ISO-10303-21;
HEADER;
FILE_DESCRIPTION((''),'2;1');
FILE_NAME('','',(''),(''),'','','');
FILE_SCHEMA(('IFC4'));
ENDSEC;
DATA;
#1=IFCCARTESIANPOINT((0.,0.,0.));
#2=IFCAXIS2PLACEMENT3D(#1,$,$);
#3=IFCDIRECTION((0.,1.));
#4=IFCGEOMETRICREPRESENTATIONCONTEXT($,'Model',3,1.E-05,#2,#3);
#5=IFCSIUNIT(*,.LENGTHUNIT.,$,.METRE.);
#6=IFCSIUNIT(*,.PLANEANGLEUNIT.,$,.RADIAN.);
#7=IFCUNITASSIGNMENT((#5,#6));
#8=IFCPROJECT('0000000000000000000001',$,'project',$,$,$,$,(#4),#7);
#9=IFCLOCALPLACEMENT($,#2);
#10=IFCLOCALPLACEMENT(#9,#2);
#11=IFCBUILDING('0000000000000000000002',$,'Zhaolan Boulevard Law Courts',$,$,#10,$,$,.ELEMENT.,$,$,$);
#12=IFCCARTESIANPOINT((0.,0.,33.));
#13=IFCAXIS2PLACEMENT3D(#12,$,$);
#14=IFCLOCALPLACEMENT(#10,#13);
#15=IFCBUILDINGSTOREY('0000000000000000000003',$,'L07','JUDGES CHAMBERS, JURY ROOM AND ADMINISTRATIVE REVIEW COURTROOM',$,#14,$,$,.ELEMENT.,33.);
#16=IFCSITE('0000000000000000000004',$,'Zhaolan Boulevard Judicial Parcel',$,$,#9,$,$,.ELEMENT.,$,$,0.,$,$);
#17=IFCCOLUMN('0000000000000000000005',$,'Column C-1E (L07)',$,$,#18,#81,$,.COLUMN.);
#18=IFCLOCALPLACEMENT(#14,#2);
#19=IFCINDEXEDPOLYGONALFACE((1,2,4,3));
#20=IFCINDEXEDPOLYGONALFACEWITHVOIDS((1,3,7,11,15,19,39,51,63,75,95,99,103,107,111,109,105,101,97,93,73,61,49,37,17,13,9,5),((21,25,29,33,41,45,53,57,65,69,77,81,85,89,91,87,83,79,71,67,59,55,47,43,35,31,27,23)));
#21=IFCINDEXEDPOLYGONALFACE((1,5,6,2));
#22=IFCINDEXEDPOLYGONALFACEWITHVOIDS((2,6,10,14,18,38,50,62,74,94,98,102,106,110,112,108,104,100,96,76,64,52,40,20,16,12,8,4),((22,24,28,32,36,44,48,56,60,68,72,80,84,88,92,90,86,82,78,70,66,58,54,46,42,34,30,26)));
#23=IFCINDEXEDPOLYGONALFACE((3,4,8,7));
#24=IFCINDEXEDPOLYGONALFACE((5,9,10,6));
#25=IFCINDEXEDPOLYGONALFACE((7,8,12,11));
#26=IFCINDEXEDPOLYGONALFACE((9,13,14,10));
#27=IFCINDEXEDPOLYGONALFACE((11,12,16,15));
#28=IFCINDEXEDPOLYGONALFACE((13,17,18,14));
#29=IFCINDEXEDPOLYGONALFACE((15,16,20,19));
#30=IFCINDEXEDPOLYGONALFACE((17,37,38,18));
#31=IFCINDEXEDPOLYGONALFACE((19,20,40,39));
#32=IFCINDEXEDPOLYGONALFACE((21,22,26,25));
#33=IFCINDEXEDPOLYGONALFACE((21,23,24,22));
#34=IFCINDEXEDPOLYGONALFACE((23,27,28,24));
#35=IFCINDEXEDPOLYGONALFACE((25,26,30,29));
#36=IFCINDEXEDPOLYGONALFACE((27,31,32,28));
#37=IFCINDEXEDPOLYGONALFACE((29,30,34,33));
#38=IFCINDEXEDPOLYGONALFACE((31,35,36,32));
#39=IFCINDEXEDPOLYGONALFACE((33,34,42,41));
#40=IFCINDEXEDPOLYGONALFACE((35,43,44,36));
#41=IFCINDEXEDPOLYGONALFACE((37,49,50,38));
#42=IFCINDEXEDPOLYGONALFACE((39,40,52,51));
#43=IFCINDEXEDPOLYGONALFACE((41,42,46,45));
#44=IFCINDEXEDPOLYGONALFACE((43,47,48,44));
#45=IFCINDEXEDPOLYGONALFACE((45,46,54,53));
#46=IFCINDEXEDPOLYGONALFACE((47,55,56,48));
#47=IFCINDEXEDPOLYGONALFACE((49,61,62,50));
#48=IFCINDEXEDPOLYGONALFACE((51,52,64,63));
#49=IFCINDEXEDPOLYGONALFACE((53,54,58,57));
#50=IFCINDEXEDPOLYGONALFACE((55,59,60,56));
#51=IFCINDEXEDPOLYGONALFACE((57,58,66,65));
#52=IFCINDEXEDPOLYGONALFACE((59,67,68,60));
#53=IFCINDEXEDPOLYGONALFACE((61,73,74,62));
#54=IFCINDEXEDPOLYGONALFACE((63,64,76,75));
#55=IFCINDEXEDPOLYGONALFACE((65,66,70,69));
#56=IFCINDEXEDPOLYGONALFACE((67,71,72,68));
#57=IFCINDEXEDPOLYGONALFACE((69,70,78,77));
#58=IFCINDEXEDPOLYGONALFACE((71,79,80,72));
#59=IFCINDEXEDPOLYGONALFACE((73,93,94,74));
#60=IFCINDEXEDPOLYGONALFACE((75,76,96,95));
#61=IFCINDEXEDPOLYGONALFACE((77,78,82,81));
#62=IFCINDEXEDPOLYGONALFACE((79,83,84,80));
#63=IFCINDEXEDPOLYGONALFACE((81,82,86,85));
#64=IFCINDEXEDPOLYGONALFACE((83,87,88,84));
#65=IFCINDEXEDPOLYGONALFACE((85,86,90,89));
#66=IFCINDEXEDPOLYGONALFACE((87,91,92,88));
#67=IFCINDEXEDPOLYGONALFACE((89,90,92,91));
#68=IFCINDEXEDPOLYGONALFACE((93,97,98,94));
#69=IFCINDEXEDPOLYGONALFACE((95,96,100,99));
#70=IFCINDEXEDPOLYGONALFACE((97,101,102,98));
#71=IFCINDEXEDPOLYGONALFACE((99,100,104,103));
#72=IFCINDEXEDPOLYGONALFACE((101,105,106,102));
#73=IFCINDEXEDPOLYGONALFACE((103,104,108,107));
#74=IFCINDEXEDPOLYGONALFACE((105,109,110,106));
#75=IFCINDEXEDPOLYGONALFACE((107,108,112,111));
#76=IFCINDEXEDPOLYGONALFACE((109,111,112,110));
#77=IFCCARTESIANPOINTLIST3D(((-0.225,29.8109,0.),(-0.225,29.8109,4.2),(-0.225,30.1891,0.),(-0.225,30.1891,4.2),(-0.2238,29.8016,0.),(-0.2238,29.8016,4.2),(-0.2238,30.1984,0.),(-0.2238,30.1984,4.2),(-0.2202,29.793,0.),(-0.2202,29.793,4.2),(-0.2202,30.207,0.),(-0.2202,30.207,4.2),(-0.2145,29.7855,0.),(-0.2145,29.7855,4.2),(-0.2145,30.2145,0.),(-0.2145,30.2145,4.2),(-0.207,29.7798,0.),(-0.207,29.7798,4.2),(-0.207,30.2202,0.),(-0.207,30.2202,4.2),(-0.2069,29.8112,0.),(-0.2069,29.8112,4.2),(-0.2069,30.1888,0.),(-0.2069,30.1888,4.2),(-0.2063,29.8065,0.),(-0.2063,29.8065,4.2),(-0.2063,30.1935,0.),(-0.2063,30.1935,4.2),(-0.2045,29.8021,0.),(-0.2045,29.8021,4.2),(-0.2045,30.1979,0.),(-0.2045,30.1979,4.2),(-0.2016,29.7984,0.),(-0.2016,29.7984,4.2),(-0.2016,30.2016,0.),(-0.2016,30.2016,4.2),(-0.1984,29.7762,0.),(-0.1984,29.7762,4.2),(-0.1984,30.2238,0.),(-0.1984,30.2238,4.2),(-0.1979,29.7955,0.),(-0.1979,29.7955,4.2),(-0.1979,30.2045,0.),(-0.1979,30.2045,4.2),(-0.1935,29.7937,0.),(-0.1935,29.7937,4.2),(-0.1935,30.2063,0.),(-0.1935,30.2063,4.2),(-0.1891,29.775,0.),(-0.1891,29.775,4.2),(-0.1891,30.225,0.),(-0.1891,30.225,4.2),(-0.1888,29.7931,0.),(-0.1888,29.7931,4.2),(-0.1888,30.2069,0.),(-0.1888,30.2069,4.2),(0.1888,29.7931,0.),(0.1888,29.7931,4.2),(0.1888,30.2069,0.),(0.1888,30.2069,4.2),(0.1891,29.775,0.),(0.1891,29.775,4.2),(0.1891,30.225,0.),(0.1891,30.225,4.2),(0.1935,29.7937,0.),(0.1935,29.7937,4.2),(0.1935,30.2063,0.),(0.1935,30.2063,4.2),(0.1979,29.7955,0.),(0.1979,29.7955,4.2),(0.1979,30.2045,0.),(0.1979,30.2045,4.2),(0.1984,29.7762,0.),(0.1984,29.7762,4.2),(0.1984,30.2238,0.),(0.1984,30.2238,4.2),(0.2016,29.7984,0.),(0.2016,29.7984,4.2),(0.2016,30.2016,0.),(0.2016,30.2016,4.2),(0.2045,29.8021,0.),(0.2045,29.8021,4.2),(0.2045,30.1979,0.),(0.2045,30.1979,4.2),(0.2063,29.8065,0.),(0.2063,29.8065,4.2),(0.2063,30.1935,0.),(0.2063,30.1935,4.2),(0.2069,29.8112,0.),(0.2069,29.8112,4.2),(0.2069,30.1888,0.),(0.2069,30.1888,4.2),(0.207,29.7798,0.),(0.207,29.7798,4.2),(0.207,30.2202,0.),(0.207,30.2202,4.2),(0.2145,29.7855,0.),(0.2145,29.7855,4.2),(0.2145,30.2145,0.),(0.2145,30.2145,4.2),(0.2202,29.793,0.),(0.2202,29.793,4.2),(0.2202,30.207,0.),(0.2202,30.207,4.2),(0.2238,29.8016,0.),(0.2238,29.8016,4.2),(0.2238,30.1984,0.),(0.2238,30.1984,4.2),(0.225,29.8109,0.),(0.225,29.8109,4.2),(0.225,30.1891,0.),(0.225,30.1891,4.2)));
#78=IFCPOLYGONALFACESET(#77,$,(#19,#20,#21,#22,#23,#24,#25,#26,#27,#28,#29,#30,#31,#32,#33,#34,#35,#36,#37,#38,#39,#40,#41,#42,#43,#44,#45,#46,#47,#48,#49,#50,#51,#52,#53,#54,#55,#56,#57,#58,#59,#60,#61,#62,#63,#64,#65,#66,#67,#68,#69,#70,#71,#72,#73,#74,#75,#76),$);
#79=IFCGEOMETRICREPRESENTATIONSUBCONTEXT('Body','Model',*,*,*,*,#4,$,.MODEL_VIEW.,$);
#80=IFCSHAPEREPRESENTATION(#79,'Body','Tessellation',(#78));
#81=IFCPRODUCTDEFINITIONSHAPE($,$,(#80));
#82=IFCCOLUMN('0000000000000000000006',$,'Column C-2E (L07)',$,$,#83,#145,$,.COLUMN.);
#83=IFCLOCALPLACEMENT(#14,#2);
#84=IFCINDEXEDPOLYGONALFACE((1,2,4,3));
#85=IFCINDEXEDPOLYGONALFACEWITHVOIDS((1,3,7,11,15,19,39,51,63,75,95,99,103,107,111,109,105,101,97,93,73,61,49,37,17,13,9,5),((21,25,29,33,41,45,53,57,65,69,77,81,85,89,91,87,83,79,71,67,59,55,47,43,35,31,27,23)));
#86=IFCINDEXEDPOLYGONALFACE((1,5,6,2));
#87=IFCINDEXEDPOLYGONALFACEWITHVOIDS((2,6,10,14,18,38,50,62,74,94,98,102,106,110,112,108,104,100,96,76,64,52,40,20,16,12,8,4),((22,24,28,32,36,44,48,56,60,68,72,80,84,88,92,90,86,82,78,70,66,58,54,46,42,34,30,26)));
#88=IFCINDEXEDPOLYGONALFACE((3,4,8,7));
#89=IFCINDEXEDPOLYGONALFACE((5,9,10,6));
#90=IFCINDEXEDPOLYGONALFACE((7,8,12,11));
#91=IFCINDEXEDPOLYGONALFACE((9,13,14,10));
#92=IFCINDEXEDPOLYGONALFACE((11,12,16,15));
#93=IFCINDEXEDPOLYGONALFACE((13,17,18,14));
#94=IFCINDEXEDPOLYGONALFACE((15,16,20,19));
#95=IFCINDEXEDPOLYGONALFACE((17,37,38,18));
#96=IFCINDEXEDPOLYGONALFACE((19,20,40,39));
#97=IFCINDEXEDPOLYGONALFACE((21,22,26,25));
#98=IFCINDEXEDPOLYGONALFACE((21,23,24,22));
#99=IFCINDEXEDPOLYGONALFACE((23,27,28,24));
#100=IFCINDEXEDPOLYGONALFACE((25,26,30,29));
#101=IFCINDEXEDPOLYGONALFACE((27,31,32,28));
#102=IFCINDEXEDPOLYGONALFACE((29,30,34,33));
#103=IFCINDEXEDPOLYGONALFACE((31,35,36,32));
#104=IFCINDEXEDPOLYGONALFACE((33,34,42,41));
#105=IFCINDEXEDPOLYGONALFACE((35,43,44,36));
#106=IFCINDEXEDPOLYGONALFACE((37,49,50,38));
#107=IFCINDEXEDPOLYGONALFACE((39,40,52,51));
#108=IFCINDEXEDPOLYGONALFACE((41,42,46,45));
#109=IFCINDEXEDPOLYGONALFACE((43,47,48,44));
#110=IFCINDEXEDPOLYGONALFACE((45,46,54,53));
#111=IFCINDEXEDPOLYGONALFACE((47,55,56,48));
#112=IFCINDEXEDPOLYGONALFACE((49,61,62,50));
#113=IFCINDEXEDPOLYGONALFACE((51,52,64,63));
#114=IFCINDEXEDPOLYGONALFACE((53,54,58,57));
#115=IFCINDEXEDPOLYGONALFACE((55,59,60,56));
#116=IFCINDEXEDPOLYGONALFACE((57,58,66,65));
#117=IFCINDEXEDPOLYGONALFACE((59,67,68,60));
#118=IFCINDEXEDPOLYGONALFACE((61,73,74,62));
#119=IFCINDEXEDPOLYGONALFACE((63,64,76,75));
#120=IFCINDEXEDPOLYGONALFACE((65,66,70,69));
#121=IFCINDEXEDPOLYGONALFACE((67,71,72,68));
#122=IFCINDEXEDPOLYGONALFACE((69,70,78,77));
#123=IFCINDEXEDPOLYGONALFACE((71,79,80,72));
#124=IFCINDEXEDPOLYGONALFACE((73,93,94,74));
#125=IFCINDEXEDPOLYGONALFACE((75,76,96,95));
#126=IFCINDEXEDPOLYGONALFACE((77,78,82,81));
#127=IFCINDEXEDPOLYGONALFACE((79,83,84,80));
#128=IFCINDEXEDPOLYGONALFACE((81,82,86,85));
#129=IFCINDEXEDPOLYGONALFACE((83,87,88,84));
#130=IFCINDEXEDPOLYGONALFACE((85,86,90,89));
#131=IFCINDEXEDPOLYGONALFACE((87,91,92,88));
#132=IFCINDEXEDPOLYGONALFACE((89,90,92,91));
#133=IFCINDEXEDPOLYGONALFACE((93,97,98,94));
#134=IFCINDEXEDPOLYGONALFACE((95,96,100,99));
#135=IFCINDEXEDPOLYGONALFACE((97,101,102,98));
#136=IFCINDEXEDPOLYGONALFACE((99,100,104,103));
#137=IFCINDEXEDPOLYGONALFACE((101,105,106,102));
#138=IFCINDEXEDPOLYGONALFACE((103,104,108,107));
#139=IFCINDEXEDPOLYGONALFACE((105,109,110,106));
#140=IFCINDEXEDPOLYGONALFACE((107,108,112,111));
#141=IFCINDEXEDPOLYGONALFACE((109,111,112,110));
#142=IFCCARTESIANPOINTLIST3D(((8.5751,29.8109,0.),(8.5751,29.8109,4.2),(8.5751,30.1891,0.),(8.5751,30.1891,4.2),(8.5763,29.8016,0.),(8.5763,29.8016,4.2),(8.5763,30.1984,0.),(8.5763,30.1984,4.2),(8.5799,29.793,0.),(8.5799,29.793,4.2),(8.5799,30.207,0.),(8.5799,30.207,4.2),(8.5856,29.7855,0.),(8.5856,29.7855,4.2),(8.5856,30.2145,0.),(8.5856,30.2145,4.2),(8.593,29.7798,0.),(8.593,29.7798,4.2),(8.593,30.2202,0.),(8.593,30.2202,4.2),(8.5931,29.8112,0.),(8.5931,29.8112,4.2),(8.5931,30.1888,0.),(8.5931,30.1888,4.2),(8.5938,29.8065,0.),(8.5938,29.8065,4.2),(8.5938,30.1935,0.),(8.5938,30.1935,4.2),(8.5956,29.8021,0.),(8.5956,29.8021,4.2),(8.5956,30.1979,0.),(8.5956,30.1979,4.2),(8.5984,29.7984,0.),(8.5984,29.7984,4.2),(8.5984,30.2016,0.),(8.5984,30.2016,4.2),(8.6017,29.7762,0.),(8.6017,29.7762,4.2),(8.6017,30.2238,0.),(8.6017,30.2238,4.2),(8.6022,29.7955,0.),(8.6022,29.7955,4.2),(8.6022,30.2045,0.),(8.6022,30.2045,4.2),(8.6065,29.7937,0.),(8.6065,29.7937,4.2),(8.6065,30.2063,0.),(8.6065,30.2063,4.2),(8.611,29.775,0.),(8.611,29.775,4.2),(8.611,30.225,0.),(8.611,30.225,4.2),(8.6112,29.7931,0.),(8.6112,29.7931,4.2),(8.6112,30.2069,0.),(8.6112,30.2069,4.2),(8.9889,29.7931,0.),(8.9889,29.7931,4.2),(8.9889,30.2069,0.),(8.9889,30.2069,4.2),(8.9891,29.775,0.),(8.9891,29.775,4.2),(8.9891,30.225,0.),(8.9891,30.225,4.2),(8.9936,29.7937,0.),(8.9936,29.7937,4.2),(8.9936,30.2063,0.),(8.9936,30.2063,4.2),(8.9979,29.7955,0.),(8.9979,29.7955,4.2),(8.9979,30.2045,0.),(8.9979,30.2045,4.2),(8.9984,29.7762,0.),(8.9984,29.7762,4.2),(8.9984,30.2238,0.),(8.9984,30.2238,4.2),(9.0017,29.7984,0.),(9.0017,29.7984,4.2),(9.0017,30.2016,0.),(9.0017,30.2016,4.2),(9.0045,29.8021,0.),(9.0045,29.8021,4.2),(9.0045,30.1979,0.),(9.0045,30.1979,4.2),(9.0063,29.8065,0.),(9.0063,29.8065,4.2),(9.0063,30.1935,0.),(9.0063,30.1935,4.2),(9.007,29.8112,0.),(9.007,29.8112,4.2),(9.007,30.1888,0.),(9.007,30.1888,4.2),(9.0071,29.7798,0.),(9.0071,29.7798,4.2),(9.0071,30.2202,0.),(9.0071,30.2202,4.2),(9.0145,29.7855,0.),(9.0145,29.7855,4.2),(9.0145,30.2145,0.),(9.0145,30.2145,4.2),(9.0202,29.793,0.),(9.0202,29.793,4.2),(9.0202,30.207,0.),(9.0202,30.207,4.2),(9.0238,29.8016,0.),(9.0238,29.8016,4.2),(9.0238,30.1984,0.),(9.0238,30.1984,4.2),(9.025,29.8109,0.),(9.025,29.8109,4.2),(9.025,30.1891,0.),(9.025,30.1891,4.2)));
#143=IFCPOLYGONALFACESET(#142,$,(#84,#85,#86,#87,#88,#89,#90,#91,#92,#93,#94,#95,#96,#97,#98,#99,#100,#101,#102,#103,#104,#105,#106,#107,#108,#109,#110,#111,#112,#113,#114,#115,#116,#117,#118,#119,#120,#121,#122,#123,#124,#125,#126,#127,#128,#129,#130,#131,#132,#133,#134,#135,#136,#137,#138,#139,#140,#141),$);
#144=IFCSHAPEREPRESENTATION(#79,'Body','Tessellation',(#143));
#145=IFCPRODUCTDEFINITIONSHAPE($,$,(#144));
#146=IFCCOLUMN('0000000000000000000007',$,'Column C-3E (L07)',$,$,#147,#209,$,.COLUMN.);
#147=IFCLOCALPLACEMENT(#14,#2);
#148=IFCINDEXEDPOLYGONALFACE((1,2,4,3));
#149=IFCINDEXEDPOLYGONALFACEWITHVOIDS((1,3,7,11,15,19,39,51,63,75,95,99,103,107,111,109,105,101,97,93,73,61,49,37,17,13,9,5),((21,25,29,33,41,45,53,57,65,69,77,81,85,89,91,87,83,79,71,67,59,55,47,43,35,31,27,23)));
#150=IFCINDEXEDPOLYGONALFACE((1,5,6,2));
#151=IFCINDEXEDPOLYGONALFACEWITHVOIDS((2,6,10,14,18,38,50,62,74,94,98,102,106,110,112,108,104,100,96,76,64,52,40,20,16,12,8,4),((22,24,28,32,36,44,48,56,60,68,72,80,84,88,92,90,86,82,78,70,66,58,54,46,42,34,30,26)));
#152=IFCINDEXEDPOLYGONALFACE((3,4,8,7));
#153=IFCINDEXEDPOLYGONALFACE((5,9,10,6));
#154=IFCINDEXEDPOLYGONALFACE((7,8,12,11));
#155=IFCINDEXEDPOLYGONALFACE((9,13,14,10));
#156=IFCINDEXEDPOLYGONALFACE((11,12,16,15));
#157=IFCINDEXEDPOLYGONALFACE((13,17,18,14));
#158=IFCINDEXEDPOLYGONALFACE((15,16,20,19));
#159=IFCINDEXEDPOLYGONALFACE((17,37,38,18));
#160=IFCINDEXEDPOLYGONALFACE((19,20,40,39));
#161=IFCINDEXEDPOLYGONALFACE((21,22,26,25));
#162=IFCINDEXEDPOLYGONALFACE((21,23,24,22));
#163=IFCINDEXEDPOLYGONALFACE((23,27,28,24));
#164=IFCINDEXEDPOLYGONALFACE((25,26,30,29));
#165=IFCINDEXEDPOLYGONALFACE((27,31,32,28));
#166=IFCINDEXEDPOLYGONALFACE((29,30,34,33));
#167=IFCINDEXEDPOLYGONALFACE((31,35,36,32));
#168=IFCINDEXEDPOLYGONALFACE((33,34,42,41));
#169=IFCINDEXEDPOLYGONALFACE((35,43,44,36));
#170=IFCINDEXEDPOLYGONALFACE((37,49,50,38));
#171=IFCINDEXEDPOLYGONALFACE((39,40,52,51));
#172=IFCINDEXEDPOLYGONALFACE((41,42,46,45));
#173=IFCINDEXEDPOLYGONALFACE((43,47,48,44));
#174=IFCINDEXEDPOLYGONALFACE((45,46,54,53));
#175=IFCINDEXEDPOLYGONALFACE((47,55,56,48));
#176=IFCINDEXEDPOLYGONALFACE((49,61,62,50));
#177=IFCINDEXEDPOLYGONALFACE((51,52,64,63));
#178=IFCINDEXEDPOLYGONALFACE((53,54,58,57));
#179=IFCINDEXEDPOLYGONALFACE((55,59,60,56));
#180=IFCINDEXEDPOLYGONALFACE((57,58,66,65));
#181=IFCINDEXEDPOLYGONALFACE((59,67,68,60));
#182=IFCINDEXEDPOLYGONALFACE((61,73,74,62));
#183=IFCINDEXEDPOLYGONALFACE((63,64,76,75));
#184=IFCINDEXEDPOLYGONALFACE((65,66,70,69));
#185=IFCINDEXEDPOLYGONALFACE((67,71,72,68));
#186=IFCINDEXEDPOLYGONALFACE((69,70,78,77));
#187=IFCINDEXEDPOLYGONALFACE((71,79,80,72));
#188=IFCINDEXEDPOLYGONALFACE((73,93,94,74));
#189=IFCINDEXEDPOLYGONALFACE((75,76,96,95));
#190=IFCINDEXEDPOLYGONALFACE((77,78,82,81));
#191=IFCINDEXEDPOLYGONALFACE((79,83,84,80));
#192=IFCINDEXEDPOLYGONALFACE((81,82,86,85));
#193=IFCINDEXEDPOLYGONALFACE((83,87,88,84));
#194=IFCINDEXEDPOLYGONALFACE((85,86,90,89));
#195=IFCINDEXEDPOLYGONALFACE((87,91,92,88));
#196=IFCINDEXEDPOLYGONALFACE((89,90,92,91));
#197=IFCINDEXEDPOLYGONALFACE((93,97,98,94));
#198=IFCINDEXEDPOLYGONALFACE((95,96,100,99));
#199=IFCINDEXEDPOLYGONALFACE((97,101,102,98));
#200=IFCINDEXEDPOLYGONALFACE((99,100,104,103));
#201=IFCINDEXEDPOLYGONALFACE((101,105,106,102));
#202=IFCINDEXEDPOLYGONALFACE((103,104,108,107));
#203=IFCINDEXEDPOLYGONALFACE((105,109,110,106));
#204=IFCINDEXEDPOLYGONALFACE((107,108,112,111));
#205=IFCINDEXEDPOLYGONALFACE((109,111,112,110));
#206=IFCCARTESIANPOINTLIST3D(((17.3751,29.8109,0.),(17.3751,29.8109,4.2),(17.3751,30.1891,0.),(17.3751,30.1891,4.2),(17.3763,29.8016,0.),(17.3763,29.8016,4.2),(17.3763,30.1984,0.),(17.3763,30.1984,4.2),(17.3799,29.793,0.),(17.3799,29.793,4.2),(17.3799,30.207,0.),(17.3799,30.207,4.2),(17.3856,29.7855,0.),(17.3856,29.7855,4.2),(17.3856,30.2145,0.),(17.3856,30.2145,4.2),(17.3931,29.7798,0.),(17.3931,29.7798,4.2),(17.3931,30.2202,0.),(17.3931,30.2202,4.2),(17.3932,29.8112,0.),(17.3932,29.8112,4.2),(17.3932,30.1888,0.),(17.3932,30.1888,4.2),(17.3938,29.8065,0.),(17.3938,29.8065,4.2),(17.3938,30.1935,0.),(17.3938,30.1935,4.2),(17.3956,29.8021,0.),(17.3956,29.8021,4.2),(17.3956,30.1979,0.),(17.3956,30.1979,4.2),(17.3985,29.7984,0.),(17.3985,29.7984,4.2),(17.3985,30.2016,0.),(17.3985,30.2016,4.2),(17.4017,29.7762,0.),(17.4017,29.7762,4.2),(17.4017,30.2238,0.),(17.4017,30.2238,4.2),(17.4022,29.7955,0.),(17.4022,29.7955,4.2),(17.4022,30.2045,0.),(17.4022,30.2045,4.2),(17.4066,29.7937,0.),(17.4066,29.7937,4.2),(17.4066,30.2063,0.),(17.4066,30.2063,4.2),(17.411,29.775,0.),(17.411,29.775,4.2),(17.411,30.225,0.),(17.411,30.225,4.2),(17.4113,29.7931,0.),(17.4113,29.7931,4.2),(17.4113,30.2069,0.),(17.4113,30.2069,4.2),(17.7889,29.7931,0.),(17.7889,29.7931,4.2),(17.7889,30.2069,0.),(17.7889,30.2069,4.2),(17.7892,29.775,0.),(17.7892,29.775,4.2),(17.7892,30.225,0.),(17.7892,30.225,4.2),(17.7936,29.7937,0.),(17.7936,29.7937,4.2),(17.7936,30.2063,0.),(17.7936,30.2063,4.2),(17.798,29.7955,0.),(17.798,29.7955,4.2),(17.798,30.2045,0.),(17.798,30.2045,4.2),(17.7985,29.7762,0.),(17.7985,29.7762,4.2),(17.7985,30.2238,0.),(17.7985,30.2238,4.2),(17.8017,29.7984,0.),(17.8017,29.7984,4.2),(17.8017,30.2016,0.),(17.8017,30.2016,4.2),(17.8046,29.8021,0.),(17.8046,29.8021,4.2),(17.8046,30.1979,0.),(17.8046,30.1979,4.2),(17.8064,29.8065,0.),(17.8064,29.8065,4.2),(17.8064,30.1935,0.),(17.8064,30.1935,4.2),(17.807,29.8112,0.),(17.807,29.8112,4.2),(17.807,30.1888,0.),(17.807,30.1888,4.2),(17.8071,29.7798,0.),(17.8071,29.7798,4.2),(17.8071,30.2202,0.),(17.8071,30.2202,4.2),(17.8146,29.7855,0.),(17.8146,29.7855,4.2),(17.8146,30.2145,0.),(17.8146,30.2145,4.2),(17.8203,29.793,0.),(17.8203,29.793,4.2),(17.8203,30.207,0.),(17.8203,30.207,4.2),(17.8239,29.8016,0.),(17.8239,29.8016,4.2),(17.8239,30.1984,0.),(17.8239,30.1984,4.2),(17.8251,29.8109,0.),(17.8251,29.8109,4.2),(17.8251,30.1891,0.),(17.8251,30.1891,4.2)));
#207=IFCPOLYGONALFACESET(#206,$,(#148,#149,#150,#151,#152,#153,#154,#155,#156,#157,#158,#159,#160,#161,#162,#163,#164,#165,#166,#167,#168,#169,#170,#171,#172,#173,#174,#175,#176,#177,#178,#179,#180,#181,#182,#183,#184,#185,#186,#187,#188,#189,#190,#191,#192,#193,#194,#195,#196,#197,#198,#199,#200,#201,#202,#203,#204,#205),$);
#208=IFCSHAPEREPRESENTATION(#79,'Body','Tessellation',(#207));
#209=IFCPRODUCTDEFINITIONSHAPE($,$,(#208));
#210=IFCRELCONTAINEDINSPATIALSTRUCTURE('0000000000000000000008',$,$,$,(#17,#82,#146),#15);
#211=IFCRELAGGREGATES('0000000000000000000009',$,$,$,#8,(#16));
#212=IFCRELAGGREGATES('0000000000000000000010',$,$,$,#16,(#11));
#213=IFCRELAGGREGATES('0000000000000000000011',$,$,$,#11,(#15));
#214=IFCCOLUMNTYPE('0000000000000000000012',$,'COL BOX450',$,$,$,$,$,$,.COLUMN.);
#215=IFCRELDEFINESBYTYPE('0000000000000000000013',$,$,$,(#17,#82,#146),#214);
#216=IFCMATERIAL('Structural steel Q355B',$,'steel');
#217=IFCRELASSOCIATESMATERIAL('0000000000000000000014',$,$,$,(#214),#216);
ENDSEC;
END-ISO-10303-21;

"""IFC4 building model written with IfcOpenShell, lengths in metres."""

from ifc_helpers import new_model, si_unit, direction, frame, origin, origin_2d, place, context, subcontext, project, spatial, hollow_rectangle, extrude, material, material_profile, profile_set, type_object, element, save


model = new_model("IFC4")

# Units and contexts
model_context = context("Model", 3, precision=1e-05, world=origin(), true_north=direction((0.0, 1.0)))
body_context = subcontext(model_context, "Body", "Model", "MODEL_VIEW")
ifc_project = project(units=[si_unit("LENGTHUNIT", "METRE"), si_unit("PLANEANGLEUNIT", "RADIAN")], contexts=[model_context])

# Site, building, storey
site_placement = place(None, origin())
site = spatial("IfcSite", under=ifc_project, at=site_placement, Name="Zhaolan Boulevard Judicial Parcel", CompositionType="ELEMENT", RefElevation=0.0)
building_placement = place(site_placement, origin())
building = spatial("IfcBuilding", under=site, at=building_placement, Name="Zhaolan Boulevard Law Courts", CompositionType="ELEMENT")
storey_placement = place(building_placement, frame((0.0, 0.0, 33.0)))
storey = spatial("IfcBuildingStorey", under=building, at=storey_placement, Name="L07", Description="JUDGES CHAMBERS, JURY ROOM AND ADMINISTRATIVE REVIEW COURTROOM", CompositionType="ELEMENT", Elevation=33.0)

# Columns
ifc_material_1 = material(Name="Structural steel Q355B", Category="steel")
ifc_material_profile_1 = material_profile(ifc_material_1, hollow_rectangle(XDim=0.45, YDim=0.45, WallThickness=0.0181, InnerFilletRadius=0.0181, OuterFilletRadius=0.0359, at=origin_2d()), Name="BOX450x450x18")
ifc_profile_set_1 = profile_set([ifc_material_profile_1], Name="Structural steel Q355B")
column_type = type_object("IfcColumnType", Name="COL BOX450", PredefinedType="COLUMN", material=ifc_profile_set_1)
for number, where, z_axis, x_axis, name in (
    (1, (0.0, 30.0, 0.0), (0.0, 0.0, 1.0), (1.0, 0.0, 0.0), "Column C-1E (L07)"),
    (2, (8.8, 30.0, 0.0), (0.0, 0.0, 1.0), (1.0, 0.0, 0.0), "Column C-2E (L07)"),
    (3, (17.6001, 30.0, 0.0), (0.0, 0.0, 1.0), (1.0, 0.0, 0.0), "Column C-3E (L07)"),
):
    element("IfcColumn", number, at=place(storey_placement, frame(where, z_axis=z_axis, x_axis=x_axis)), inside=storey, type_object=column_type, Name=name, PredefinedType="COLUMN", context=body_context, shape_type="SweptSolid", body=[
        extrude(hollow_rectangle(XDim=0.45, YDim=0.45, WallThickness=0.0181, InnerFilletRadius=0.0181, OuterFilletRadius=0.0359, at=origin_2d()), origin(), (0.0, 0.0, 1.0), 4.2),
    ])

save(model, "model.ifc")
